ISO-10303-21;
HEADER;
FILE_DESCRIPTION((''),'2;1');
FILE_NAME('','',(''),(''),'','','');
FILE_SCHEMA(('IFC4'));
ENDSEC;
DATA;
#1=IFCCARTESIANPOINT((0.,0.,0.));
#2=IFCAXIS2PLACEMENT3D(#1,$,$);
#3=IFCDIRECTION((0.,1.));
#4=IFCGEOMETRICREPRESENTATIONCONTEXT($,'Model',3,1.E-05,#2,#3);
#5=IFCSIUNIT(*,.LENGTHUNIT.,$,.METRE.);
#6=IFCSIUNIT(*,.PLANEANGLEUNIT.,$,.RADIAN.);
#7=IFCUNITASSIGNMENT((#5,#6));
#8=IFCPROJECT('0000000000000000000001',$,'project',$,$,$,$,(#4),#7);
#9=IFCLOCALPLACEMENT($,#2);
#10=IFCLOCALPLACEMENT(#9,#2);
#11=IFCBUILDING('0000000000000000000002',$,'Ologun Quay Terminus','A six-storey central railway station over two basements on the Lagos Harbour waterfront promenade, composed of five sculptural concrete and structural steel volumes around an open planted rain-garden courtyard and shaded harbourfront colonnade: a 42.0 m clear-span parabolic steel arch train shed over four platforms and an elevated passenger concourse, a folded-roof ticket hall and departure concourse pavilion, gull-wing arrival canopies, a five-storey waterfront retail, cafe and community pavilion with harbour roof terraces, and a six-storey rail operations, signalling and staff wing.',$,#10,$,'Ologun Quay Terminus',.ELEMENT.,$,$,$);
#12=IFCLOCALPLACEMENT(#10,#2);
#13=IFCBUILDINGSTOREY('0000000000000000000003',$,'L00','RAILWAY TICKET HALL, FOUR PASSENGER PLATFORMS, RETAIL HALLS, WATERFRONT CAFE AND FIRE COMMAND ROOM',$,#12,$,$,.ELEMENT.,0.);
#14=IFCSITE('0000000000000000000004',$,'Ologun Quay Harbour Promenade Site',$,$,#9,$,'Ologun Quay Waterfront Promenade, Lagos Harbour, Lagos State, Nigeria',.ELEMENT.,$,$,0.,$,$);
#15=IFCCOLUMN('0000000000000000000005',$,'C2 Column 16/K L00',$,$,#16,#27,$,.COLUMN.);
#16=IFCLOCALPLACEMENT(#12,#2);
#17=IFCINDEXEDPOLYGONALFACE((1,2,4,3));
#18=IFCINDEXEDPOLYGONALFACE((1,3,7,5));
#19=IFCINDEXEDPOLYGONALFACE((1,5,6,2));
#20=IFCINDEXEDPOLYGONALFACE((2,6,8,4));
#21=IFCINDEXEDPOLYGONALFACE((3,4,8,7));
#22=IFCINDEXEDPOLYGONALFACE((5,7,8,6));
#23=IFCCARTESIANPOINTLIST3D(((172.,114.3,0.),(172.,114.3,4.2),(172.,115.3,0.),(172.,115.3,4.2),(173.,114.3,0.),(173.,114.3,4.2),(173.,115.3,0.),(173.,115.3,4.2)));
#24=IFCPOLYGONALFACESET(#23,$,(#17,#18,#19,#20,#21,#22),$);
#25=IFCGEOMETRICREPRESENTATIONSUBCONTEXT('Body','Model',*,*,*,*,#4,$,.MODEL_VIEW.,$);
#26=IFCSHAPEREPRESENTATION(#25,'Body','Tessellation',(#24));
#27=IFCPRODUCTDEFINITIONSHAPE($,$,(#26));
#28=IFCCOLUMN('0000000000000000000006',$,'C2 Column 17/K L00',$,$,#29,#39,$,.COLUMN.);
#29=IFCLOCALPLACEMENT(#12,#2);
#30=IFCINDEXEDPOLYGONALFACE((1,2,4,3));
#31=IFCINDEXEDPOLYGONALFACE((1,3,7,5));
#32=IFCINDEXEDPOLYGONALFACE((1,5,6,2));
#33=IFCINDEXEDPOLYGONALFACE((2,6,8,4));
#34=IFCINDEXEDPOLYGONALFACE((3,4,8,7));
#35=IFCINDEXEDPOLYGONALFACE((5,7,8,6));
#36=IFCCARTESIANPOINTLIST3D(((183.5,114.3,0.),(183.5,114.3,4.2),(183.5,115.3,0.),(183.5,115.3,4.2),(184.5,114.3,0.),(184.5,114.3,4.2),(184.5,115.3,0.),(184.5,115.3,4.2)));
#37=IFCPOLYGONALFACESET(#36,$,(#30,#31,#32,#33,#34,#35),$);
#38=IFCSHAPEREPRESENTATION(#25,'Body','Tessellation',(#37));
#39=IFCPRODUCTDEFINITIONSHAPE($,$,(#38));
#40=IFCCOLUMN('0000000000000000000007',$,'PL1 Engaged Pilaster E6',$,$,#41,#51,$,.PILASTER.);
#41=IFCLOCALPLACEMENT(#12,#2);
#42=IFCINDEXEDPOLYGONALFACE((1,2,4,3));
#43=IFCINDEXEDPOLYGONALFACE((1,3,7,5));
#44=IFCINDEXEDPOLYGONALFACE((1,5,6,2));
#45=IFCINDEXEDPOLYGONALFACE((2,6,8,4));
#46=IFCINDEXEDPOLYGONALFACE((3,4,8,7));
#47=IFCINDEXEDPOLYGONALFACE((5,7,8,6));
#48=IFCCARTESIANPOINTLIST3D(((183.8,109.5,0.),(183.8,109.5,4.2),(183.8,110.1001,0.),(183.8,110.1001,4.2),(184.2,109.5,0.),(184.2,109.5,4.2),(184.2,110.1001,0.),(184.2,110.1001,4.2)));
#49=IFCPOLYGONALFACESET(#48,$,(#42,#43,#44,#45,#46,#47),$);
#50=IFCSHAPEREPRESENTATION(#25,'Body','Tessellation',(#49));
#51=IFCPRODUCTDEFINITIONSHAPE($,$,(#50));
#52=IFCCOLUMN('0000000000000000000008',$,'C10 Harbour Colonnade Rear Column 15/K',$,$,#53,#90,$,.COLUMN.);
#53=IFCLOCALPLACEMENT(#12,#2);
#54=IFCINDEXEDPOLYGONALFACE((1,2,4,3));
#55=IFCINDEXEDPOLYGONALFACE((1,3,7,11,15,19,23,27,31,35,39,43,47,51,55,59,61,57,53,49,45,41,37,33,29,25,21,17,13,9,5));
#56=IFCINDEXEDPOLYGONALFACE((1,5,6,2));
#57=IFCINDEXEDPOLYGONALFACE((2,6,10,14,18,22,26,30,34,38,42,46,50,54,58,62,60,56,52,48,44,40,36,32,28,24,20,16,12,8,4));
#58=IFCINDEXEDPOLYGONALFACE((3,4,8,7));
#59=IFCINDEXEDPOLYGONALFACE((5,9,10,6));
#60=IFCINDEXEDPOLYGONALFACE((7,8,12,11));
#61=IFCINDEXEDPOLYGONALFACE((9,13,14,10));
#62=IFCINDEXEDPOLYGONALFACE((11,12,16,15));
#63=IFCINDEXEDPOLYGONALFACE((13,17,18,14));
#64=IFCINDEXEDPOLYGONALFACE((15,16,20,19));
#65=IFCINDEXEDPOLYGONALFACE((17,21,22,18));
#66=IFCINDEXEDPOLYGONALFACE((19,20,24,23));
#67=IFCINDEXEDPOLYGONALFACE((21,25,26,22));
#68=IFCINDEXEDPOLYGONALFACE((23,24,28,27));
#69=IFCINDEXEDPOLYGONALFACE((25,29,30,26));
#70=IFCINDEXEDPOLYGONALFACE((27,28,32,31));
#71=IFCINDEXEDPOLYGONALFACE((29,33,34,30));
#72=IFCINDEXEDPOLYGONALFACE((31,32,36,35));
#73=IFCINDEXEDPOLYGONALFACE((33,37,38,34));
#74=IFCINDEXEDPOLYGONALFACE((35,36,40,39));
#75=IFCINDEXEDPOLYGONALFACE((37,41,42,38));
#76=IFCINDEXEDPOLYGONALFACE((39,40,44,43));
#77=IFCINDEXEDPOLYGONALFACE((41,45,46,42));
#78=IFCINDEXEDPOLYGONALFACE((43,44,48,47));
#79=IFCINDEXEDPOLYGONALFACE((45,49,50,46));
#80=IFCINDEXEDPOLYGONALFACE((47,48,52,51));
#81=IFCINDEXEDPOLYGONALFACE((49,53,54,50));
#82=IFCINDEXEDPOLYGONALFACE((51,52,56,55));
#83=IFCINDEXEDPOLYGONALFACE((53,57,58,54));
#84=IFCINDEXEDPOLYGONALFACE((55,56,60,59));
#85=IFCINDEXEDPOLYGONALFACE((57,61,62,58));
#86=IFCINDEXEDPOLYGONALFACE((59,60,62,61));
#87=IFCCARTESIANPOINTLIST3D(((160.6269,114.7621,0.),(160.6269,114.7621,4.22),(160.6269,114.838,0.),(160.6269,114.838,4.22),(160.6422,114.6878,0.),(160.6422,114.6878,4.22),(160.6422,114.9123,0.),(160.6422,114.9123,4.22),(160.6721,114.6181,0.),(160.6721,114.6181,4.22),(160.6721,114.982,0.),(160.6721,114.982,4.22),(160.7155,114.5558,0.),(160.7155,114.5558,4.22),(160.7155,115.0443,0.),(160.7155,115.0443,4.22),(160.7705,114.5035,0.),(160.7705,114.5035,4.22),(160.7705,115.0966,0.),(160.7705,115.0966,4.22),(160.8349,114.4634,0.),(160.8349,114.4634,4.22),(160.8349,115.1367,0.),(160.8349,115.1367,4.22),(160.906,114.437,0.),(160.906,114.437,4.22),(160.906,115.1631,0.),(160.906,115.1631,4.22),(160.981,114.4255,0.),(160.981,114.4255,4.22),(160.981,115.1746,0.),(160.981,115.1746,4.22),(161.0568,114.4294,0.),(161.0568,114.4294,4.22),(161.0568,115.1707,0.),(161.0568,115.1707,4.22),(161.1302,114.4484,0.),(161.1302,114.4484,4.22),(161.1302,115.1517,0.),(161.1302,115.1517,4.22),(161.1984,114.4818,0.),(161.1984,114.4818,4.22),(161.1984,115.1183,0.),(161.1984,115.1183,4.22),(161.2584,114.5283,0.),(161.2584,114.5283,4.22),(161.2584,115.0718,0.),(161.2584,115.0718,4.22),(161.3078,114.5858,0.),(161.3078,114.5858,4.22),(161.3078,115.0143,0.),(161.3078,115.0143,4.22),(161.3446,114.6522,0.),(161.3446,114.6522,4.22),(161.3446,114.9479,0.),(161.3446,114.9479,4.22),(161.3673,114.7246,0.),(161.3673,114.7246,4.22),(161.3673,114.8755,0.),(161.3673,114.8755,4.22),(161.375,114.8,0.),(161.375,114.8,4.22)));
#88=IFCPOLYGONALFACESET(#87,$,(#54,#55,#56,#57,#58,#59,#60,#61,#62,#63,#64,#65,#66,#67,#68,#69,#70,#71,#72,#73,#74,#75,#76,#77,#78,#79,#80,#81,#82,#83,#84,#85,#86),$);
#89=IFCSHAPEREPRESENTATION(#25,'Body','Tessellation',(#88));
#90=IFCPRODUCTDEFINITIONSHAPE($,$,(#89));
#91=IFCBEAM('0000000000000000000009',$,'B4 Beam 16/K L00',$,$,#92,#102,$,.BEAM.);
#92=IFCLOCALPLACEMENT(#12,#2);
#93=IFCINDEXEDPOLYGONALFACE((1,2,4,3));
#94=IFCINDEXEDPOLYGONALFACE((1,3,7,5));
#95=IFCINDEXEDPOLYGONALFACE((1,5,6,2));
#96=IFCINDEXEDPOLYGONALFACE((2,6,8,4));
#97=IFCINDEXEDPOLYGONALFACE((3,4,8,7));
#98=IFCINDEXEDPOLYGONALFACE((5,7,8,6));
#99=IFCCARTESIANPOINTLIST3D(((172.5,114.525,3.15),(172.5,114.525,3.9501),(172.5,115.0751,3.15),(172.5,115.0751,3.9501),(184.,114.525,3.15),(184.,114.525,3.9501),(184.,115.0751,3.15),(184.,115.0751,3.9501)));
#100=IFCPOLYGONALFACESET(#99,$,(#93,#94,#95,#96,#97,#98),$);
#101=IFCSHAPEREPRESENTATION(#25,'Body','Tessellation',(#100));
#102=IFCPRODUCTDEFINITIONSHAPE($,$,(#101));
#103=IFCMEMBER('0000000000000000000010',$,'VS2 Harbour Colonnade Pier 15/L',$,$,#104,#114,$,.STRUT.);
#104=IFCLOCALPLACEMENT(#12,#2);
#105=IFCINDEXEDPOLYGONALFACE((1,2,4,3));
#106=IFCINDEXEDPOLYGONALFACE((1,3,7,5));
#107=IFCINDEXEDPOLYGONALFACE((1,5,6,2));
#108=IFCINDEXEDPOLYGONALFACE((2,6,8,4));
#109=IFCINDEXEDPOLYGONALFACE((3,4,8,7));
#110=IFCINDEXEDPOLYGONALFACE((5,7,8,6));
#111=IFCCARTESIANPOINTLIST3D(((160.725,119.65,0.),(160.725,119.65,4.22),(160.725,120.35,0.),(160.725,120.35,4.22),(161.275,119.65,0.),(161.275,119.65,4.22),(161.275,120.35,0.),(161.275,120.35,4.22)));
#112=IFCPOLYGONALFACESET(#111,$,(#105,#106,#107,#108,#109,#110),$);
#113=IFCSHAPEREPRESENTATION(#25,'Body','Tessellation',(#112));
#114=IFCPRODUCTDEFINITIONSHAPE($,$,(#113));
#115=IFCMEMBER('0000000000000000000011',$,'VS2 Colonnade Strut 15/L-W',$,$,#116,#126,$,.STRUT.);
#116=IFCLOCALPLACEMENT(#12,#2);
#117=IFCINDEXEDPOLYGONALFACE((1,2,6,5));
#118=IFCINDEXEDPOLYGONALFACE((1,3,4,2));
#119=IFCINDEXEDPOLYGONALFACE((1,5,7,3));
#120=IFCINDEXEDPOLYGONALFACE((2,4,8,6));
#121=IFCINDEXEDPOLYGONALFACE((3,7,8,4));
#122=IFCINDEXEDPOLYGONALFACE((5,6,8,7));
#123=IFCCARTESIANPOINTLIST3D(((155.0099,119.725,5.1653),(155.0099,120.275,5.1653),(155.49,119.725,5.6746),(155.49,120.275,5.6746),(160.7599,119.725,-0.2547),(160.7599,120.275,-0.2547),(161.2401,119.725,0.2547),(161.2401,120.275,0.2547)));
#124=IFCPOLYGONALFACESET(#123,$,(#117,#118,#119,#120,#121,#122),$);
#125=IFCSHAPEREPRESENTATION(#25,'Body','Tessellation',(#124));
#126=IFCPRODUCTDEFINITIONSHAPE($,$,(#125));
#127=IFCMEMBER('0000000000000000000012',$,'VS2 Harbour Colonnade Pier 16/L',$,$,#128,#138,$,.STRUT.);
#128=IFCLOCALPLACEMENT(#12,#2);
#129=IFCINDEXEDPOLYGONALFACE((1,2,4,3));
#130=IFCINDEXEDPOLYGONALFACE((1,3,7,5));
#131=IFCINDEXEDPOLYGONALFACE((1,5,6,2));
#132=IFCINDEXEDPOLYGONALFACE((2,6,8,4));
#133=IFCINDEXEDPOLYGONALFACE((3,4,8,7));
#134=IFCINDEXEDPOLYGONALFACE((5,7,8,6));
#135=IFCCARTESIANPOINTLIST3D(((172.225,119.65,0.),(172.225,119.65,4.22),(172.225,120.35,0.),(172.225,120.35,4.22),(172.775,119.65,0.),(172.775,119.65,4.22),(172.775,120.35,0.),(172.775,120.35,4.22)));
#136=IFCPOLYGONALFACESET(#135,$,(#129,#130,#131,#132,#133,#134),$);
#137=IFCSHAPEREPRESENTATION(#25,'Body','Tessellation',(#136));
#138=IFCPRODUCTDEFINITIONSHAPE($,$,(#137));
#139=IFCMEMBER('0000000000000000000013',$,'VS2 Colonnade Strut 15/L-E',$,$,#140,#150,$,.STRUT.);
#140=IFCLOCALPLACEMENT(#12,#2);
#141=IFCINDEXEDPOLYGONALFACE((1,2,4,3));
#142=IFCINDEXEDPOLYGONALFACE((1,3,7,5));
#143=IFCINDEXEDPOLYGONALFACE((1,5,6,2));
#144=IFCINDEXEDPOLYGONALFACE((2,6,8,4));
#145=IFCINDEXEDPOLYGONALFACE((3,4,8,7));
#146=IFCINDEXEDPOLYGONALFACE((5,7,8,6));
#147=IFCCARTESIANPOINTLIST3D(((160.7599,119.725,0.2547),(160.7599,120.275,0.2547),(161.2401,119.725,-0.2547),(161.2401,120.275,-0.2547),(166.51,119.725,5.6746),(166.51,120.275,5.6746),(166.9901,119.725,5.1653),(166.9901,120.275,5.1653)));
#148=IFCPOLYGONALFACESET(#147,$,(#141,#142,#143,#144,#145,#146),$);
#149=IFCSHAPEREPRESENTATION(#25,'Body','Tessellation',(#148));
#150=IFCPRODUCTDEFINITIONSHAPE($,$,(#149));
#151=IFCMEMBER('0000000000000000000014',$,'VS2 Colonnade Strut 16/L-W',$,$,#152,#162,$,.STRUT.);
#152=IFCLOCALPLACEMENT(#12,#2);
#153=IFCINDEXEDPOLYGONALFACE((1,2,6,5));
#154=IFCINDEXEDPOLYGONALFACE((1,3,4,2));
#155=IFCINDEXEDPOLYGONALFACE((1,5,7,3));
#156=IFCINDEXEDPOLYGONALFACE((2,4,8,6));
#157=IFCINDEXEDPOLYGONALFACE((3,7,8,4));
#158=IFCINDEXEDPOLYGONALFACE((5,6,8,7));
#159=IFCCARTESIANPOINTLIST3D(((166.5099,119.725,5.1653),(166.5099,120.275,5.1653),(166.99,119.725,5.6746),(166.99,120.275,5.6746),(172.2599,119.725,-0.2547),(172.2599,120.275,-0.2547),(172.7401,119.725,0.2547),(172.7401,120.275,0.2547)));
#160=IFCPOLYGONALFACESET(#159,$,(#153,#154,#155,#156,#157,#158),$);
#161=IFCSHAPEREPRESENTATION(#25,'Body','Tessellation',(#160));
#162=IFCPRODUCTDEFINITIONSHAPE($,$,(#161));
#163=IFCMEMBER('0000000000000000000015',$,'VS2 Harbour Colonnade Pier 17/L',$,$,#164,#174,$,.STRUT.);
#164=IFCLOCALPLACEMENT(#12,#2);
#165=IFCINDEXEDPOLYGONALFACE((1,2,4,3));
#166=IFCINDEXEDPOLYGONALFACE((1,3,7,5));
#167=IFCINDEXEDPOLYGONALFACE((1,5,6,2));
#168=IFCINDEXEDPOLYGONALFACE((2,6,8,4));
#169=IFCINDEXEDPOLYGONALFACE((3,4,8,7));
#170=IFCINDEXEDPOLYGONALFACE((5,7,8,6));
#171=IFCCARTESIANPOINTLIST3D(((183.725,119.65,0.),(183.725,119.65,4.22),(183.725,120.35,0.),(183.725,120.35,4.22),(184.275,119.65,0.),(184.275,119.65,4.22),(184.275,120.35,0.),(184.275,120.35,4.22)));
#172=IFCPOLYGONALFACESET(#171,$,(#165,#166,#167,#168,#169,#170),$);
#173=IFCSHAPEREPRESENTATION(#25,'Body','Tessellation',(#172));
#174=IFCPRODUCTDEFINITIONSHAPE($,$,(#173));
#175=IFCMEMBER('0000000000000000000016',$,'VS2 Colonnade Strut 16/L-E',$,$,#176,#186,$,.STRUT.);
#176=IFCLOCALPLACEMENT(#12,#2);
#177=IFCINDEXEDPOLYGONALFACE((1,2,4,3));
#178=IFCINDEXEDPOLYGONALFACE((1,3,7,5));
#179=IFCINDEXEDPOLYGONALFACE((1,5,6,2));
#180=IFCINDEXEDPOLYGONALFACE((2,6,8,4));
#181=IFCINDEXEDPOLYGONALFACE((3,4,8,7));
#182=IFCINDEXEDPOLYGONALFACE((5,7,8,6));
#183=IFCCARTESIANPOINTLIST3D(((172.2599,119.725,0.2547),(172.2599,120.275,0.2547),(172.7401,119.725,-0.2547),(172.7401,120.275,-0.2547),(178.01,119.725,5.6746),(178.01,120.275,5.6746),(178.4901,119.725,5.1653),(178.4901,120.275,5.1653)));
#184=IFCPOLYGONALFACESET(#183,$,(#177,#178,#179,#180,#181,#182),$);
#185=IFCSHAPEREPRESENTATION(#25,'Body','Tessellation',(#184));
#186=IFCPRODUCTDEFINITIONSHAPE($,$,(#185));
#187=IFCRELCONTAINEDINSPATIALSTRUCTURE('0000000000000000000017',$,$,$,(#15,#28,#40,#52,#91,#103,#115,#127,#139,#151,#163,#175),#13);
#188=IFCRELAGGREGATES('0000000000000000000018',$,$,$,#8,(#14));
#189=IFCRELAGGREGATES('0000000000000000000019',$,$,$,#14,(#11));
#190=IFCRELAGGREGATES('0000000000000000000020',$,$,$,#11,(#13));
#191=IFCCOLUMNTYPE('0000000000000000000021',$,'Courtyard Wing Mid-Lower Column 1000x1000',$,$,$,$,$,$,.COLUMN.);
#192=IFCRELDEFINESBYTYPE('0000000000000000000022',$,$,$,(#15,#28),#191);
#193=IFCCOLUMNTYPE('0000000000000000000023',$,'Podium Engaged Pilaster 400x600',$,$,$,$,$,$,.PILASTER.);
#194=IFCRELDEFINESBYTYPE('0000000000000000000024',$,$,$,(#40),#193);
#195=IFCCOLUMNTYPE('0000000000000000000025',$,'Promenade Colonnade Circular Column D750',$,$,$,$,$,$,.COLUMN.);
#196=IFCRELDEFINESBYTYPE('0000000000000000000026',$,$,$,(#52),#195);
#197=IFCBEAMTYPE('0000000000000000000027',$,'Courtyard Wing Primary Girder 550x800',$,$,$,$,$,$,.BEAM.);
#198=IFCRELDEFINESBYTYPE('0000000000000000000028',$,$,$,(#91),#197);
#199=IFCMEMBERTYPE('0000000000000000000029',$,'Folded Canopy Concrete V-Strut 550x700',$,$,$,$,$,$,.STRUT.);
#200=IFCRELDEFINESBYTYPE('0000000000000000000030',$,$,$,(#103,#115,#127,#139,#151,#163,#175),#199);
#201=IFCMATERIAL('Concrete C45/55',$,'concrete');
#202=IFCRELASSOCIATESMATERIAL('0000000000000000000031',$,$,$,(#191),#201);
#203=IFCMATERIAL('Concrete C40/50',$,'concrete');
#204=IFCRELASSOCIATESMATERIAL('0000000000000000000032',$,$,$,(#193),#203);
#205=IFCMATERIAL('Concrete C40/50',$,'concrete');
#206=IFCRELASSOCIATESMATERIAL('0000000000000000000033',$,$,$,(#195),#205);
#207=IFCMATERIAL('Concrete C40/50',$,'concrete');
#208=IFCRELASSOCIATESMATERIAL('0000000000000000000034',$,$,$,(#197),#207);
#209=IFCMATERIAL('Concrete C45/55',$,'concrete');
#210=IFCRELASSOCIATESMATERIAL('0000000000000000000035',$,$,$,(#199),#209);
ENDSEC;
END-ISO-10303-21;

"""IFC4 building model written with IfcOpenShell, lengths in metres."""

from ifc_helpers import new_model, si_unit, direction, frame, origin, origin_2d, place, context, subcontext, project, spatial, rectangle, circle, extrude, material, material_profile, profile_set, type_object, element, save


model = new_model("IFC4")

# Units and contexts
model_context = context("Model", 3, precision=1e-05, world=origin(), true_north=direction((0.0, 1.0)))
body_context = subcontext(model_context, "Body", "Model", "MODEL_VIEW")
ifc_project = project(units=[si_unit("LENGTHUNIT", "METRE"), si_unit("PLANEANGLEUNIT", "RADIAN")], contexts=[model_context])

# Site, building, storey
site_placement = place(None, origin())
site = spatial("IfcSite", under=ifc_project, at=site_placement, Name="Ologun Quay Harbour Promenade Site", LongName="Ologun Quay Waterfront Promenade, Lagos Harbour, Lagos State, Nigeria", CompositionType="ELEMENT", RefElevation=0.0)
building_placement = place(site_placement, origin())
building = spatial("IfcBuilding", under=site, at=building_placement, Name="Ologun Quay Terminus", Description="A six-storey central railway station over two basements on the Lagos Harbour waterfront promenade, composed of five sculptural concrete and structural steel volumes around an open planted rain-garden courtyard and shaded harbourfront colonnade: a 42.0 m clear-span parabolic steel arch train shed over four platforms and an elevated passenger concourse, a folded-roof ticket hall and departure concourse pavilion, gull-wing arrival canopies, a five-storey waterfront retail, cafe and community pavilion with harbour roof terraces, and a six-storey rail operations, signalling and staff wing.", LongName="Ologun Quay Terminus", CompositionType="ELEMENT")
storey_placement = place(building_placement, origin())
storey = spatial("IfcBuildingStorey", under=building, at=storey_placement, Name="L00", Description="RAILWAY TICKET HALL, FOUR PASSENGER PLATFORMS, RETAIL HALLS, WATERFRONT CAFE AND FIRE COMMAND ROOM", CompositionType="ELEMENT", Elevation=0.0)

# Columns
ifc_material_1 = material(Name="Concrete C45/55", Category="concrete")
ifc_material_profile_1 = material_profile(ifc_material_1, rectangle(XDim=1.0, YDim=1.0, at=origin_2d()), Name="RC 1000x1000")
ifc_profile_set_1 = profile_set([ifc_material_profile_1], Name="Concrete C45/55")
column_type_1 = type_object("IfcColumnType", Name="Courtyard Wing Mid-Lower Column 1000x1000", PredefinedType="COLUMN", material=ifc_profile_set_1)
for number, where, z_axis, x_axis, name in (
    (1, (172.5, 114.8, 0.0), (0.0, 0.0, 1.0), (1.0, 0.0, 0.0), "C2 Column 16/K L00"),
    (2, (184.0, 114.8, 0.0), (0.0, 0.0, 1.0), (1.0, 0.0, 0.0), "C2 Column 17/K L00"),
):
    element("IfcColumn", number, at=place(storey_placement, frame(where, z_axis=z_axis, x_axis=x_axis)), inside=storey, type_object=column_type_1, Name=name, PredefinedType="COLUMN", context=body_context, shape_type="SweptSolid", body=[
        extrude(rectangle(XDim=1.0, YDim=1.0, at=origin_2d()), origin(), (0.0, 0.0, 1.0), 4.2),
    ])
ifc_material_2 = material(Name="Concrete C40/50", Category="concrete")
ifc_material_profile_2 = material_profile(ifc_material_2, rectangle(XDim=0.3999, YDim=0.6001, at=origin_2d()), Name="RC 400x600")
ifc_profile_set_2 = profile_set([ifc_material_profile_2], Name="Concrete C40/50")
column_type_2 = type_object("IfcColumnType", Name="Podium Engaged Pilaster 400x600", PredefinedType="PILASTER", material=ifc_profile_set_2)
column_1_placement = place(storey_placement, frame((184.0, 109.8, 0.0), z_axis=(0.0, 0.0, 1.0), x_axis=(1.0, 0.0, 0.0)))
element("IfcColumn", 3, at=column_1_placement, inside=storey, type_object=column_type_2, Name="PL1 Engaged Pilaster E6", PredefinedType="PILASTER", context=body_context, shape_type="SweptSolid", body=[
    extrude(rectangle(XDim=0.3999, YDim=0.6001, at=origin_2d()), origin(), (0.0, 0.0, 1.0), 4.2),
])
ifc_material_3 = material(Name="Concrete C40/50", Category="concrete")
ifc_material_profile_3 = material_profile(ifc_material_3, circle(Radius=0.375, at=origin_2d()), Name="RC D750")
ifc_profile_set_3 = profile_set([ifc_material_profile_3], Name="Concrete C40/50")
column_type_3 = type_object("IfcColumnType", Name="Promenade Colonnade Circular Column D750", PredefinedType="COLUMN", material=ifc_profile_set_3)
column_2_placement = place(storey_placement, frame((161.0, 114.8, 0.0), z_axis=(0.0, 0.0, 1.0), x_axis=(1.0, 0.0, 0.0)))
element("IfcColumn", 4, at=column_2_placement, inside=storey, type_object=column_type_3, Name="C10 Harbour Colonnade Rear Column 15/K", PredefinedType="COLUMN", context=body_context, shape_type="SweptSolid", body=[
    extrude(circle(Radius=0.375, at=origin_2d()), origin(), (0.0, 0.0, 1.0), 4.22),
])

# Beam
ifc_material_4 = material(Name="Concrete C40/50", Category="concrete")
ifc_material_profile_4 = material_profile(ifc_material_4, rectangle(XDim=0.55, YDim=0.8, at=origin_2d()), Name="RC 550x800")
ifc_profile_set_4 = profile_set([ifc_material_profile_4], Name="Concrete C40/50")
beam_type_1 = type_object("IfcBeamType", Name="Courtyard Wing Primary Girder 550x800", PredefinedType="BEAM", material=ifc_profile_set_4)
beam_1_placement = place(storey_placement, frame((172.5, 114.8, 3.55), z_axis=(1.0, 0.0, 0.0), x_axis=(0.0, 1.0, 0.0)))
element("IfcBeam", 5, at=beam_1_placement, inside=storey, type_object=beam_type_1, Name="B4 Beam 16/K L00", PredefinedType="BEAM", context=body_context, shape_type="SweptSolid", body=[
    extrude(rectangle(XDim=0.55, YDim=0.8, at=origin_2d()), origin(), (0.0, 0.0, 1.0), 11.5),
])

# Members
ifc_material_5 = material(Name="Concrete C45/55", Category="concrete")
ifc_material_profile_5 = material_profile(ifc_material_5, rectangle(XDim=0.55, YDim=0.7, at=origin_2d()), Name="RC 550x700")
ifc_profile_set_5 = profile_set([ifc_material_profile_5], Name="Concrete C45/55")
member_type = type_object("IfcMemberType", Name="Folded Canopy Concrete V-Strut 550x700", PredefinedType="STRUT", material=ifc_profile_set_5)
member_1_placement = place(storey_placement, frame((161.0, 120.0, 0.0), z_axis=(0.0, 0.0, 1.0), x_axis=(1.0, 0.0, 0.0)))
element("IfcMember", 6, at=member_1_placement, inside=storey, type_object=member_type, Name="VS2 Harbour Colonnade Pier 15/L", PredefinedType="STRUT", context=body_context, shape_type="SweptSolid", body=[
    extrude(rectangle(XDim=0.55, YDim=0.7, at=origin_2d()), origin(), (0.0, 0.0, 1.0), 4.22),
])
member_2_placement = place(storey_placement, frame((161.0, 120.0, 0.0), z_axis=(-0.727685, 0.0, 0.685912), x_axis=(0.0, -1.0, 0.0)))
element("IfcMember", 7, at=member_2_placement, inside=storey, type_object=member_type, Name="VS2 Colonnade Strut 15/L-W", PredefinedType="STRUT", context=body_context, shape_type="SweptSolid", body=[
    extrude(rectangle(XDim=0.55, YDim=0.7, at=origin_2d()), origin(), (0.0, 0.0, 1.0), 7.9019),
])
member_3_placement = place(storey_placement, frame((172.5, 120.0, 0.0), z_axis=(0.0, 0.0, 1.0), x_axis=(1.0, 0.0, 0.0)))
element("IfcMember", 8, at=member_3_placement, inside=storey, type_object=member_type, Name="VS2 Harbour Colonnade Pier 16/L", PredefinedType="STRUT", context=body_context, shape_type="SweptSolid", body=[
    extrude(rectangle(XDim=0.55, YDim=0.7, at=origin_2d()), origin(), (0.0, 0.0, 1.0), 4.22),
])
for number, where, z_axis, x_axis, name in (
    (9, (161.0, 120.0, 0.0), (0.727685, 0.0, 0.685912), (0.0, 1.0, 0.0), "VS2 Colonnade Strut 15/L-E"),
    (10, (172.5, 120.0, 0.0), (-0.727685, 0.0, 0.685912), (0.0, -1.0, 0.0), "VS2 Colonnade Strut 16/L-W"),
):
    element("IfcMember", number, at=place(storey_placement, frame(where, z_axis=z_axis, x_axis=x_axis)), inside=storey, type_object=member_type, Name=name, PredefinedType="STRUT", context=body_context, shape_type="SweptSolid", body=[
        extrude(rectangle(XDim=0.55, YDim=0.7, at=origin_2d()), origin(), (0.0, 0.0, 1.0), 7.9019),
    ])
member_4_placement = place(storey_placement, frame((184.0, 120.0, 0.0), z_axis=(0.0, 0.0, 1.0), x_axis=(1.0, 0.0, 0.0)))
element("IfcMember", 11, at=member_4_placement, inside=storey, type_object=member_type, Name="VS2 Harbour Colonnade Pier 17/L", PredefinedType="STRUT", context=body_context, shape_type="SweptSolid", body=[
    extrude(rectangle(XDim=0.55, YDim=0.7, at=origin_2d()), origin(), (0.0, 0.0, 1.0), 4.22),
])
for number, where, z_axis, x_axis, name in (
    (12, (172.5, 120.0, 0.0), (0.727685, 0.0, 0.685912), (0.0, 1.0, 0.0), "VS2 Colonnade Strut 16/L-E"),
):
    element("IfcMember", number, at=place(storey_placement, frame(where, z_axis=z_axis, x_axis=x_axis)), inside=storey, type_object=member_type, Name=name, PredefinedType="STRUT", context=body_context, shape_type="SweptSolid", body=[
        extrude(rectangle(XDim=0.55, YDim=0.7, at=origin_2d()), origin(), (0.0, 0.0, 1.0), 7.9019),
    ])

save(model, "model.ifc")
